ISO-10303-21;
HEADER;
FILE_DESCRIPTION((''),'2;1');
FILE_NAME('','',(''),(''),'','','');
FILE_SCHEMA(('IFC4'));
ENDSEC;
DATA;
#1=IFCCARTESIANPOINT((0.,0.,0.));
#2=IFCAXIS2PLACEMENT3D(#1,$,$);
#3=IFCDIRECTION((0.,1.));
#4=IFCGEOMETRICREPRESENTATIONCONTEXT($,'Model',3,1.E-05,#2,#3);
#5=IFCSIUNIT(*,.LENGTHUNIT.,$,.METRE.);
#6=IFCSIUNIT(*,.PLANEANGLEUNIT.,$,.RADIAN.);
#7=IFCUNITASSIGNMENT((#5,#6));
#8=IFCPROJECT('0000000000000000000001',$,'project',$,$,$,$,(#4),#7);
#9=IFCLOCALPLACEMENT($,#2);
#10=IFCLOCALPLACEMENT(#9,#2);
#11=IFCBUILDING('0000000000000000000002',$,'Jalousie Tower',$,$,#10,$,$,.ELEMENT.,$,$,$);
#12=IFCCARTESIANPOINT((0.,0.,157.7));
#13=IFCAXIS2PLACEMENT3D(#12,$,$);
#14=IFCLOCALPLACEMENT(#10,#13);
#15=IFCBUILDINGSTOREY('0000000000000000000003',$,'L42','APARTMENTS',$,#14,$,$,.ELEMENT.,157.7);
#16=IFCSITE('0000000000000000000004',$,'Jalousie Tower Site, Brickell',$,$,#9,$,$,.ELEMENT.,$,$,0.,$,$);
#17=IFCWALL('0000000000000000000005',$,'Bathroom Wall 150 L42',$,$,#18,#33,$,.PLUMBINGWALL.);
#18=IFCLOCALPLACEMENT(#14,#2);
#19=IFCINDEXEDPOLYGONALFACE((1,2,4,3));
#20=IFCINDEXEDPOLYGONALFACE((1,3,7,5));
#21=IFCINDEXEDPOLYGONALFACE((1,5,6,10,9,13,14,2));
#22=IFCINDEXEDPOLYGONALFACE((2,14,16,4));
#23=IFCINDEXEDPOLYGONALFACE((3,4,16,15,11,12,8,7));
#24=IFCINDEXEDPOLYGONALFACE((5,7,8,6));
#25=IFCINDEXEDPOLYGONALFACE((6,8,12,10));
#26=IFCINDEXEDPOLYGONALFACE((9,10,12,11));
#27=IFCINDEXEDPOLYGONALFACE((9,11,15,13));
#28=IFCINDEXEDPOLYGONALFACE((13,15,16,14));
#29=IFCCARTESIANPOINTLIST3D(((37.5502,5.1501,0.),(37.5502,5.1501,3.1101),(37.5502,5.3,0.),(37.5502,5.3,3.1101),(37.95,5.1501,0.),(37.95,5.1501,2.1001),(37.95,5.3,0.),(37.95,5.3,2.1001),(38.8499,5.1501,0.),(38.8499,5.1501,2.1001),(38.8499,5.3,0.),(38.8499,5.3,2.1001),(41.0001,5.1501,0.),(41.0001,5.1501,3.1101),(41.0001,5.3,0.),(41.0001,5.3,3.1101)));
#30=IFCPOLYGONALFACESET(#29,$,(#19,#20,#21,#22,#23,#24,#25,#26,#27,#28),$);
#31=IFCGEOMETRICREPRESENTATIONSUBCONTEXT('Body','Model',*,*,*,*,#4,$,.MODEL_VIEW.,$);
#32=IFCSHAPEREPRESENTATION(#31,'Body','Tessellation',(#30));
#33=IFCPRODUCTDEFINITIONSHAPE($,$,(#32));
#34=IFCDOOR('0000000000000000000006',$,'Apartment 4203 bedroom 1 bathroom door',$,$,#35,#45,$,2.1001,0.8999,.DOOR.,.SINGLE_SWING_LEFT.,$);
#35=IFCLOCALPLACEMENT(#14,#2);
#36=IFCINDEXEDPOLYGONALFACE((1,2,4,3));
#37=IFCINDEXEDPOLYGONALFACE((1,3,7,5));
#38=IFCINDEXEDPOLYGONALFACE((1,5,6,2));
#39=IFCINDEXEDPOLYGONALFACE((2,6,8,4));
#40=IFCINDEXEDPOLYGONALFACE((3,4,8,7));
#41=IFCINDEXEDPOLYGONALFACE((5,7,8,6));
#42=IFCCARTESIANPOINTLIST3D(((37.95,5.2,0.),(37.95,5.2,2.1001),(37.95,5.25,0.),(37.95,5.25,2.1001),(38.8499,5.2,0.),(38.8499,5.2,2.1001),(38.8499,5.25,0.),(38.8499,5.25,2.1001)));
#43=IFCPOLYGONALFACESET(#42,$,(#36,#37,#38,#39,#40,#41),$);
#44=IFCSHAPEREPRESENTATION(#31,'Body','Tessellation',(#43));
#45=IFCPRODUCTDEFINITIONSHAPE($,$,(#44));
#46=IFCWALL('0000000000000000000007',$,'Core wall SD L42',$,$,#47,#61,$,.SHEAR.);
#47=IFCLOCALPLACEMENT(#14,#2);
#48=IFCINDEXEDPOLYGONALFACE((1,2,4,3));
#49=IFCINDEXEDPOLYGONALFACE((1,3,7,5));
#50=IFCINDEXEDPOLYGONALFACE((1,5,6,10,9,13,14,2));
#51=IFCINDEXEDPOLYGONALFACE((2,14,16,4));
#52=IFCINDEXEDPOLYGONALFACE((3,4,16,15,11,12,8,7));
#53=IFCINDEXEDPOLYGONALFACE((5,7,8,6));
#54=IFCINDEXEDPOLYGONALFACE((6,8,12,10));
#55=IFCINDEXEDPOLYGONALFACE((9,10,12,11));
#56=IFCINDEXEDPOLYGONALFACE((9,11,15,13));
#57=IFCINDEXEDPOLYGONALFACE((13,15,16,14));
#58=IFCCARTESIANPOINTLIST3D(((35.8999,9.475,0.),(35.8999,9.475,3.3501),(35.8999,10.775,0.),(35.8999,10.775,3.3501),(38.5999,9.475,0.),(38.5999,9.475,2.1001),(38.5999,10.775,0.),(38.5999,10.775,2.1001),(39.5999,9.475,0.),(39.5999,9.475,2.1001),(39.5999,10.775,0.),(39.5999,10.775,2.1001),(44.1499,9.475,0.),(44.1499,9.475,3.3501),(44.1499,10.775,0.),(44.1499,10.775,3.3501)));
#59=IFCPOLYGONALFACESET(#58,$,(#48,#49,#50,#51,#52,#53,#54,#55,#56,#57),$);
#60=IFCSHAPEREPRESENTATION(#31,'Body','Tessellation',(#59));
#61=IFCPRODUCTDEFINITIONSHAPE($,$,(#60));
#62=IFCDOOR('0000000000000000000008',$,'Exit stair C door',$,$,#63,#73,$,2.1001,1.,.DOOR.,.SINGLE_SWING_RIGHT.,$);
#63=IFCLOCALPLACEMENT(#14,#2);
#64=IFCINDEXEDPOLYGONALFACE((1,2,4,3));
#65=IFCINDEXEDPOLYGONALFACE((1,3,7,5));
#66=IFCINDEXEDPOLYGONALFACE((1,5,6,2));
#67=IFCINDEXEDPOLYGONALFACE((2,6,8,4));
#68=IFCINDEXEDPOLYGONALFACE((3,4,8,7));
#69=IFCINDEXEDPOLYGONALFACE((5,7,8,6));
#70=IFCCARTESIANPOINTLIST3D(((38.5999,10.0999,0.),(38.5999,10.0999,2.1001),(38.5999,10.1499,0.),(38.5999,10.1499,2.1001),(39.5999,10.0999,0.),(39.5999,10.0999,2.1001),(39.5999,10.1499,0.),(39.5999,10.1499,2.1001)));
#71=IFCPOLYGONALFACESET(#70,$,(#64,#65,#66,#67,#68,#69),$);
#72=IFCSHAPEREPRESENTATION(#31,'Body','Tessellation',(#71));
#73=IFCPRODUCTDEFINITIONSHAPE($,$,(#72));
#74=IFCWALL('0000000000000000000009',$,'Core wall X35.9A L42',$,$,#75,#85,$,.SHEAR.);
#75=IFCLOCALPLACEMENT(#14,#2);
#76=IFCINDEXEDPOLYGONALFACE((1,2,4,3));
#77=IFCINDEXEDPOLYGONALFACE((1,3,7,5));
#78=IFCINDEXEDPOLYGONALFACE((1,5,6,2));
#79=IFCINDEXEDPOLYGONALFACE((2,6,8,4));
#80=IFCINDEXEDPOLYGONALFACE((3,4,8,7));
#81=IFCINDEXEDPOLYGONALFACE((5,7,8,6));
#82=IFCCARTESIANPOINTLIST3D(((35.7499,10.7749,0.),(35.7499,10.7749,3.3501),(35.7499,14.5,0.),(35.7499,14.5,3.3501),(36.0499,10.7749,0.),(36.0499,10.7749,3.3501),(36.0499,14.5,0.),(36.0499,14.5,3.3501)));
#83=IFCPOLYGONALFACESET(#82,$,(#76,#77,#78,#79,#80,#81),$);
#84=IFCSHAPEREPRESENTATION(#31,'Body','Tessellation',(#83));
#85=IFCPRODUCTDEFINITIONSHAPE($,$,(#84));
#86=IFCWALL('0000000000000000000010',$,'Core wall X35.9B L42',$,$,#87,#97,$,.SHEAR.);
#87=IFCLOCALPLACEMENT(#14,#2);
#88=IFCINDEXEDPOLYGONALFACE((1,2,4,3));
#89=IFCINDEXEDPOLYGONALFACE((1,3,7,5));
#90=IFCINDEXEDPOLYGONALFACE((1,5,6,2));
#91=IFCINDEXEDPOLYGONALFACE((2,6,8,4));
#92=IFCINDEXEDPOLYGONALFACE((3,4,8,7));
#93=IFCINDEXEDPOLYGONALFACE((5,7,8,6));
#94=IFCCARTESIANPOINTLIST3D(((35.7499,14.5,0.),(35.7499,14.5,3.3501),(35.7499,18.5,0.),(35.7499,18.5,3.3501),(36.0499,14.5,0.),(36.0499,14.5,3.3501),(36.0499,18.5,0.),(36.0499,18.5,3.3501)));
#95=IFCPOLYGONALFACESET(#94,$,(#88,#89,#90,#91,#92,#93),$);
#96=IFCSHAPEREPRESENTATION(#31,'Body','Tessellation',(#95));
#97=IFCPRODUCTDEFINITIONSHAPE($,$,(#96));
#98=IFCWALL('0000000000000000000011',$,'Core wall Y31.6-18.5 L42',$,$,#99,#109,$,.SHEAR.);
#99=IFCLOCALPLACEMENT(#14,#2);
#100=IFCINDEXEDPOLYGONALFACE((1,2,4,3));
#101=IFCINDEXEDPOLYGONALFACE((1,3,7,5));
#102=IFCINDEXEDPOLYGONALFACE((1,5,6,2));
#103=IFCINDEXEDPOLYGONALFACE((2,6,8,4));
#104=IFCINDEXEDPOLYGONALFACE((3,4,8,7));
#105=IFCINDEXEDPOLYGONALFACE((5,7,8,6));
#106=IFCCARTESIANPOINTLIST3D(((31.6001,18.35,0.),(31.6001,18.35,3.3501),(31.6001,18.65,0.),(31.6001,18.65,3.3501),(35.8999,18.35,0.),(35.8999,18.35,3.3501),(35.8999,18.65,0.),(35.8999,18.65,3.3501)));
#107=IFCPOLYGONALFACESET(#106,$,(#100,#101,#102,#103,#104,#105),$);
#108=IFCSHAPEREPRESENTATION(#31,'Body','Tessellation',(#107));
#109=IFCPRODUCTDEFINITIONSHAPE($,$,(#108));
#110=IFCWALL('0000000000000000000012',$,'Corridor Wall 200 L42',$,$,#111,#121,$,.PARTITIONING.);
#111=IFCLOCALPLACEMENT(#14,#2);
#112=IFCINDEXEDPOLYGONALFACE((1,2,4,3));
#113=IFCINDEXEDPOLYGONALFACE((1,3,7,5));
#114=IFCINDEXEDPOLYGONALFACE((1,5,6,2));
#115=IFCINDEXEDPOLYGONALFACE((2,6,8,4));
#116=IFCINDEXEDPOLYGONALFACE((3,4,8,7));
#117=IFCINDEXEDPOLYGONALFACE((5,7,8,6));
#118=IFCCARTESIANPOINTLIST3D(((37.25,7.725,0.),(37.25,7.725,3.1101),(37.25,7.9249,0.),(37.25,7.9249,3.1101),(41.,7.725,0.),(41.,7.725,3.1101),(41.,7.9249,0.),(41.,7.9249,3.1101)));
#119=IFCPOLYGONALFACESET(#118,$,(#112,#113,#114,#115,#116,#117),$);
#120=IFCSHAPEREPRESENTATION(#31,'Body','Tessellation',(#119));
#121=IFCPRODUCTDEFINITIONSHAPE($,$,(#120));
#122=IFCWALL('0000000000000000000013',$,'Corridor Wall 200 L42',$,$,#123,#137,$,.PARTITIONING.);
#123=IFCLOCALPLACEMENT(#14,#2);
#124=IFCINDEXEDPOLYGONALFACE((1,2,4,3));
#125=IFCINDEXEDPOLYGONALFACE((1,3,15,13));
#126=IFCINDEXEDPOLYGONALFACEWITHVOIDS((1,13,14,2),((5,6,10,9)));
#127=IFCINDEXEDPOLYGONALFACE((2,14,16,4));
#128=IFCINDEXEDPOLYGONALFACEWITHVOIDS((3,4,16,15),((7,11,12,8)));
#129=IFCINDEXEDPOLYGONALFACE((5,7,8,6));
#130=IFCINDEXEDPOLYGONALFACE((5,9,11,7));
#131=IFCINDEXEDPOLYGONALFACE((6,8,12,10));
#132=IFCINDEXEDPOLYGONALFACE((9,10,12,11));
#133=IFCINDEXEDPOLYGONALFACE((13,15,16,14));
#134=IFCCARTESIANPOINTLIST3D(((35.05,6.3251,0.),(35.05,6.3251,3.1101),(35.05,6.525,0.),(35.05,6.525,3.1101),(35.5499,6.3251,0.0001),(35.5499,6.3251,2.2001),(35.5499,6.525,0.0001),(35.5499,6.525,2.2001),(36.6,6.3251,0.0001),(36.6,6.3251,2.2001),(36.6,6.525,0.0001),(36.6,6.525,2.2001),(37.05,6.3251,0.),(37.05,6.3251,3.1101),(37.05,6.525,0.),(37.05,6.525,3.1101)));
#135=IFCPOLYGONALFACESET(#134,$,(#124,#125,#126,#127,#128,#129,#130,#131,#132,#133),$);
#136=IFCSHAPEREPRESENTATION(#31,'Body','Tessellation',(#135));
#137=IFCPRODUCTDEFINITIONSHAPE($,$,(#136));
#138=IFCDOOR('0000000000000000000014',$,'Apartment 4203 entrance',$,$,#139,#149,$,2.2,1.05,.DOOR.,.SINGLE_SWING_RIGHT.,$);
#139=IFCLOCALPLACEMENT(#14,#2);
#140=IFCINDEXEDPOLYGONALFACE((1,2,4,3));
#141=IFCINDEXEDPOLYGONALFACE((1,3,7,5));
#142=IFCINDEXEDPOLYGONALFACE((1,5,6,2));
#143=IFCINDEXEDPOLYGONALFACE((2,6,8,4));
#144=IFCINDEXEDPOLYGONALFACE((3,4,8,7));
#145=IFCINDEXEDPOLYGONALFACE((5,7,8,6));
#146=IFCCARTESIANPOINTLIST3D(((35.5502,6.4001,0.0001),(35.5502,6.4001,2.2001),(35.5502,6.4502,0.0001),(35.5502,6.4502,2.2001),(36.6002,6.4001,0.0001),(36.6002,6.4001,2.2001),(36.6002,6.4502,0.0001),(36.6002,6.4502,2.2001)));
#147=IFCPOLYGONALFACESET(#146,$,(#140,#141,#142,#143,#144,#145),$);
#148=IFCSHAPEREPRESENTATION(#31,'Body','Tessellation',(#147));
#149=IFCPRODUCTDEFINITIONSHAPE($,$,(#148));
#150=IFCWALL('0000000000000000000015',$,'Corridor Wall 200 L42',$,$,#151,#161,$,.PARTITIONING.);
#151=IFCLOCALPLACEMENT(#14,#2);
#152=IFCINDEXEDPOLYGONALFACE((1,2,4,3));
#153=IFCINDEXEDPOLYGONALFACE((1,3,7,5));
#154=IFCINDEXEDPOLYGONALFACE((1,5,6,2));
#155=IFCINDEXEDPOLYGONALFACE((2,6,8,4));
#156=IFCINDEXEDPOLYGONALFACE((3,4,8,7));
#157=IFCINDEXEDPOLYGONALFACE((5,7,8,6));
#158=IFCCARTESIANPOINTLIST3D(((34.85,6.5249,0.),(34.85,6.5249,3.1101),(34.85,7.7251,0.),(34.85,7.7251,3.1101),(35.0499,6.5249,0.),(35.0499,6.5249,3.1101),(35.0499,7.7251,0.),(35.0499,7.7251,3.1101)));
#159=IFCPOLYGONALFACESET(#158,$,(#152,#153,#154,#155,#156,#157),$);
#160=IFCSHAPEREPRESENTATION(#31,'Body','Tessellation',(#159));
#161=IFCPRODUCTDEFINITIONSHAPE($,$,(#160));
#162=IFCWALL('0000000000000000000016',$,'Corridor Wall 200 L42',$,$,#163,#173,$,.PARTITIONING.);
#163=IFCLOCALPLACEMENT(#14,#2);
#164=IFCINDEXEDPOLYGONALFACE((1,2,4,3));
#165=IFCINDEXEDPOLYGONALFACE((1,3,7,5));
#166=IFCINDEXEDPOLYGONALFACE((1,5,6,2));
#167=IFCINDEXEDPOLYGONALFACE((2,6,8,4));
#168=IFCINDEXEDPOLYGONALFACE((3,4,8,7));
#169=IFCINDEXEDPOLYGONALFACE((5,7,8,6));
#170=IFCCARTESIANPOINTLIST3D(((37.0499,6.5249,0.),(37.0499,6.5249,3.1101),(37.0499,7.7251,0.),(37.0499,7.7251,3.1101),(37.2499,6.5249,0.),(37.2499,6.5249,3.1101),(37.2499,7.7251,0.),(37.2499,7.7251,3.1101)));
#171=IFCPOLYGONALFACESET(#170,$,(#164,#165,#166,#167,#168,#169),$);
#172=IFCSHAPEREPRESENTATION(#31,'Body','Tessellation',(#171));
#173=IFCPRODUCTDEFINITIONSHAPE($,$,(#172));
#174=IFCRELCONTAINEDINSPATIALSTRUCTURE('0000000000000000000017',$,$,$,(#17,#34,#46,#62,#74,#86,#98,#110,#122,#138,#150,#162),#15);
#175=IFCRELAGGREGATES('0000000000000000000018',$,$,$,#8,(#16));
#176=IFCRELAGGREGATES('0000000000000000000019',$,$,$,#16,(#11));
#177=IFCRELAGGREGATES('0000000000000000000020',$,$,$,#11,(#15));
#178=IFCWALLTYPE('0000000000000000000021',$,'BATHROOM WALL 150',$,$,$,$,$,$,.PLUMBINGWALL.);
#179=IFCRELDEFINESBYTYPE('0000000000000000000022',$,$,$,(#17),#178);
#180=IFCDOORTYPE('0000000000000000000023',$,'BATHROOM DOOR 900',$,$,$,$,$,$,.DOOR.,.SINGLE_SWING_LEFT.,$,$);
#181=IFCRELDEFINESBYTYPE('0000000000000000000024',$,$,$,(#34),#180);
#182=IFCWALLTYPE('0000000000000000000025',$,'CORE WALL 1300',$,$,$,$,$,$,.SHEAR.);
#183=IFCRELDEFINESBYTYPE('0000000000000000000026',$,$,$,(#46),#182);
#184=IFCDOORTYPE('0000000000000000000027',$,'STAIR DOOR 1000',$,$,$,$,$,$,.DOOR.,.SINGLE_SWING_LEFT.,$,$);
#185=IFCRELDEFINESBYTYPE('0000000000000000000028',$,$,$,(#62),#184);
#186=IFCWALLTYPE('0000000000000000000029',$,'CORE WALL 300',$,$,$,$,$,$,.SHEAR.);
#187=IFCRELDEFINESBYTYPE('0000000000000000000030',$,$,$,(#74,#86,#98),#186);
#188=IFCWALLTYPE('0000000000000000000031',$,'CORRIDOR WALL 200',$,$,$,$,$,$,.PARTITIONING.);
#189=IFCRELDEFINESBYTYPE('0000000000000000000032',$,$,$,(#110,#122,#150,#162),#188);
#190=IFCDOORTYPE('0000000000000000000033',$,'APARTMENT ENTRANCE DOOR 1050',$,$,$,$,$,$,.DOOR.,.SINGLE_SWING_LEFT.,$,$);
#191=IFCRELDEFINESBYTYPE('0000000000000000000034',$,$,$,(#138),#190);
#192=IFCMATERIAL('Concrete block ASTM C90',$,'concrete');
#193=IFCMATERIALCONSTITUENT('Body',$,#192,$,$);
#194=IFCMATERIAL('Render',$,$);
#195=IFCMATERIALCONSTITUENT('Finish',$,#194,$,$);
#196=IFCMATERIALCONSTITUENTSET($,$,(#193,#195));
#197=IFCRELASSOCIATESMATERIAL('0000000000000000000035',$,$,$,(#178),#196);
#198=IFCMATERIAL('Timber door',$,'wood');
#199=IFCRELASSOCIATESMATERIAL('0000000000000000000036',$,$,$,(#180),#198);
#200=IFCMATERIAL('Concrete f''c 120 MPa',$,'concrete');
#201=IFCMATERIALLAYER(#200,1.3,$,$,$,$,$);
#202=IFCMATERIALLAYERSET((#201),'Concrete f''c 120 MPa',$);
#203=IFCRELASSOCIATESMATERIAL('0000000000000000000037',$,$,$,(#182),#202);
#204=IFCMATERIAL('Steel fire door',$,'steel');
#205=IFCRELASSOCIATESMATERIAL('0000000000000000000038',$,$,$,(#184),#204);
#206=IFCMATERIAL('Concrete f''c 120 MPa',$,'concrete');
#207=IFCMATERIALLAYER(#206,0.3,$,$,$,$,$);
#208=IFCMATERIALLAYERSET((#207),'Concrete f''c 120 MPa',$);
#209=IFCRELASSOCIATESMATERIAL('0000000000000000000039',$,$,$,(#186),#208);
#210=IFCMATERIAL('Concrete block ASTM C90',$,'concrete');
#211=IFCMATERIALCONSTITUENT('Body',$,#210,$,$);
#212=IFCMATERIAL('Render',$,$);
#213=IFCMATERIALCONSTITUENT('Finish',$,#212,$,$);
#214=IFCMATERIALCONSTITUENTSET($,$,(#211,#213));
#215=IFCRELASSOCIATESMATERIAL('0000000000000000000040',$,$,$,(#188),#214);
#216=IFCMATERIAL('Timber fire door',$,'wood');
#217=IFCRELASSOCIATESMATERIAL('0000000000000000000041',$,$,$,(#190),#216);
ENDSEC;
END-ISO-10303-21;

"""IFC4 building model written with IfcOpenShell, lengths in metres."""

from ifc_helpers import new_model, si_unit, direction, frame, frame_2d, origin, place, context, subcontext, project, spatial, rectangle, extrude, material, layer, layer_set, constituent, constituent_set, type_object, element, fill, save


model = new_model("IFC4")

# Units and contexts
model_context = context("Model", 3, precision=1e-05, world=origin(), true_north=direction((0.0, 1.0)))
body_context = subcontext(model_context, "Body", "Model", "MODEL_VIEW")
ifc_project = project(units=[si_unit("LENGTHUNIT", "METRE"), si_unit("PLANEANGLEUNIT", "RADIAN")], contexts=[model_context])

# Site, building, storey
site_placement = place(None, origin())
site = spatial("IfcSite", under=ifc_project, at=site_placement, Name="Jalousie Tower Site, Brickell", CompositionType="ELEMENT", RefElevation=0.0)
building_placement = place(site_placement, origin())
building = spatial("IfcBuilding", under=site, at=building_placement, Name="Jalousie Tower", CompositionType="ELEMENT")
storey_placement = place(building_placement, frame((0.0, 0.0, 157.7)))
storey = spatial("IfcBuildingStorey", under=building, at=storey_placement, Name="L42", Description="APARTMENTS", CompositionType="ELEMENT", Elevation=157.7)

# Walls, openings, doors
ifc_material_1 = material(Name="Concrete block ASTM C90", Category="concrete")
ifc_constituent_1 = constituent(ifc_material_1, Name="Body")
ifc_material_2 = material(Name="Render")
ifc_constituent_2 = constituent(ifc_material_2, Name="Finish")
ifc_constituent_set_1 = constituent_set(constituents=[ifc_constituent_1, ifc_constituent_2])
wall_type_1 = type_object("IfcWallType", Name="BATHROOM WALL 150", PredefinedType="PLUMBINGWALL", material=ifc_constituent_set_1)
wall_1_placement = place(storey_placement, frame((37.55, 5.2251, 0.0), z_axis=(0.0, 0.0, 1.0), x_axis=(1.0, 0.0, 0.0)))
wall_1 = element("IfcWall", 1, at=wall_1_placement, inside=storey, type_object=wall_type_1, Name="Bathroom Wall 150 L42", PredefinedType="PLUMBINGWALL", context=body_context, shape_type="SweptSolid", body=[
    extrude(rectangle(XDim=3.45, YDim=0.1499, at=frame_2d((1.7251, 0.0))), origin(), (0.0, 0.0, 1.0), 3.1101),
])
opening_1_placement = place(wall_1_placement, frame((0.3999, 0.0, 0.0)))
opening_1 = element("IfcOpeningElement", 2, at=opening_1_placement, cuts=wall_1, PredefinedType="OPENING", context=body_context, shape_type="SweptSolid", body=[
    extrude(rectangle(XDim=0.8999, YDim=2.1001, at=frame_2d((0.45, 1.05))), frame((0.0, 0.085, 0.0), z_axis=(0.0, -1.0, 0.0), x_axis=(1.0, 0.0, 0.0)), (0.0, 0.0, 1.0), 0.1699),
])
ifc_material_3 = material(Name="Timber door", Category="wood")
door_type_1 = type_object("IfcDoorType", Name="BATHROOM DOOR 900", OperationType="SINGLE_SWING_LEFT", PredefinedType="DOOR", material=ifc_material_3)
door_1_placement = place(opening_1_placement, origin())
door_1 = element("IfcDoor", 3, at=door_1_placement, inside=storey, type_object=door_type_1, Name="Apartment 4203 bedroom 1 bathroom door", OperationType="SINGLE_SWING_LEFT", OverallHeight=2.1001, OverallWidth=0.8999, PredefinedType="DOOR", context=body_context, shape_type="SweptSolid", body=[
    extrude(rectangle(XDim=0.8999, YDim=2.1001, at=frame_2d((0.45, 1.05))), frame((0.0, 0.0249, 0.0), z_axis=(0.0, -1.0, 0.0), x_axis=(1.0, 0.0, 0.0)), (0.0, 0.0, 1.0), 0.05),
])
fill(opening_1, door_1)
ifc_material_4 = material(Name="Concrete f'c 120 MPa", Category="concrete")
ifc_layer_1 = layer(ifc_material_4, 1.3)
ifc_layer_set_1 = layer_set([ifc_layer_1], Name="Concrete f'c 120 MPa")
wall_type_2 = type_object("IfcWallType", Name="CORE WALL 1300", PredefinedType="SHEAR", material=ifc_layer_set_1)
wall_2_placement = place(storey_placement, frame((35.8999, 10.125, 0.0), z_axis=(0.0, 0.0, 1.0), x_axis=(1.0, 0.0, 0.0)))
wall_2 = element("IfcWall", 4, at=wall_2_placement, inside=storey, type_object=wall_type_2, Name="Core wall SD L42", PredefinedType="SHEAR", context=body_context, shape_type="SweptSolid", body=[
    extrude(rectangle(XDim=8.25, YDim=1.3, at=frame_2d((4.125, 0.0))), origin(), (0.0, 0.0, 1.0), 3.3501),
])
opening_2_placement = place(wall_2_placement, frame((2.7, 0.0, 0.0)))
opening_2 = element("IfcOpeningElement", 5, at=opening_2_placement, cuts=wall_2, PredefinedType="OPENING", context=body_context, shape_type="SweptSolid", body=[
    extrude(rectangle(XDim=1.0, YDim=2.1001, at=frame_2d((0.5, 1.05))), frame((0.0, 0.6599, 0.0), z_axis=(0.0, -1.0, 0.0), x_axis=(1.0, 0.0, 0.0)), (0.0, 0.0, 1.0), 1.3201),
])
ifc_material_5 = material(Name="Steel fire door", Category="steel")
door_type_2 = type_object("IfcDoorType", Name="STAIR DOOR 1000", OperationType="SINGLE_SWING_LEFT", PredefinedType="DOOR", material=ifc_material_5)
door_2_placement = place(opening_2_placement, origin())
door_2 = element("IfcDoor", 6, at=door_2_placement, inside=storey, type_object=door_type_2, Name="Exit stair C door", OperationType="SINGLE_SWING_RIGHT", OverallHeight=2.1001, OverallWidth=1.0, PredefinedType="DOOR", context=body_context, shape_type="SweptSolid", body=[
    extrude(rectangle(XDim=1.0, YDim=2.1001, at=frame_2d((0.5, 1.05))), frame((0.0, 0.0249, 0.0), z_axis=(0.0, -1.0, 0.0), x_axis=(1.0, 0.0, 0.0)), (0.0, 0.0, 1.0), 0.05),
])
fill(opening_2, door_2)

# Walls
ifc_material_6 = material(Name="Concrete f'c 120 MPa", Category="concrete")
ifc_layer_2 = layer(ifc_material_6, 0.3)
ifc_layer_set_2 = layer_set([ifc_layer_2], Name="Concrete f'c 120 MPa")
wall_type_3 = type_object("IfcWallType", Name="CORE WALL 300", PredefinedType="SHEAR", material=ifc_layer_set_2)
wall_3_placement = place(storey_placement, frame((35.8999, 10.7749, 0.0), z_axis=(0.0, 0.0, 1.0), x_axis=(0.0, 1.0, 0.0)))
element("IfcWall", 7, at=wall_3_placement, inside=storey, type_object=wall_type_3, Name="Core wall X35.9A L42", PredefinedType="SHEAR", context=body_context, shape_type="SweptSolid", body=[
    extrude(rectangle(XDim=3.7251, YDim=0.3, at=frame_2d((1.8625, 0.0))), origin(), (0.0, 0.0, 1.0), 3.3501),
])
wall_4_placement = place(storey_placement, frame((35.8999, 14.5, 0.0), z_axis=(0.0, 0.0, 1.0), x_axis=(0.0, 1.0, 0.0)))
element("IfcWall", 8, at=wall_4_placement, inside=storey, type_object=wall_type_3, Name="Core wall X35.9B L42", PredefinedType="SHEAR", context=body_context, shape_type="SweptSolid", body=[
    extrude(rectangle(XDim=4.0, YDim=0.3, at=frame_2d((2.0, 0.0))), origin(), (0.0, 0.0, 1.0), 3.3501),
])
wall_5_placement = place(storey_placement, frame((31.6001, 18.5, 0.0), z_axis=(0.0, 0.0, 1.0), x_axis=(1.0, 0.0, 0.0)))
element("IfcWall", 9, at=wall_5_placement, inside=storey, type_object=wall_type_3, Name="Core wall Y31.6-18.5 L42", PredefinedType="SHEAR", context=body_context, shape_type="SweptSolid", body=[
    extrude(rectangle(XDim=4.2998, YDim=0.3, at=frame_2d((2.1499, 0.0))), origin(), (0.0, 0.0, 1.0), 3.3501),
])
ifc_material_7 = material(Name="Concrete block ASTM C90", Category="concrete")
ifc_constituent_3 = constituent(ifc_material_7, Name="Body")
ifc_material_8 = material(Name="Render")
ifc_constituent_4 = constituent(ifc_material_8, Name="Finish")
ifc_constituent_set_2 = constituent_set(constituents=[ifc_constituent_3, ifc_constituent_4])
wall_type_4 = type_object("IfcWallType", Name="CORRIDOR WALL 200", PredefinedType="PARTITIONING", material=ifc_constituent_set_2)
wall_6_placement = place(storey_placement, frame((37.25, 7.825, 0.0), z_axis=(0.0, 0.0, 1.0), x_axis=(1.0, 0.0, 0.0)))
element("IfcWall", 10, at=wall_6_placement, inside=storey, type_object=wall_type_4, Name="Corridor Wall 200 L42", PredefinedType="PARTITIONING", context=body_context, shape_type="SweptSolid", body=[
    extrude(rectangle(XDim=3.75, YDim=0.2, at=frame_2d((1.875, 0.0))), origin(), (0.0, 0.0, 1.0), 3.1101),
])

# Wall, opening, door
wall_7_placement = place(storey_placement, frame((35.05, 6.425, 0.0), z_axis=(0.0, 0.0, 1.0), x_axis=(1.0, 0.0, 0.0)))
wall_7 = element("IfcWall", 11, at=wall_7_placement, inside=storey, type_object=wall_type_4, Name="Corridor Wall 200 L42", PredefinedType="PARTITIONING", context=body_context, shape_type="SweptSolid", body=[
    extrude(rectangle(XDim=2.0, YDim=0.2, at=frame_2d((1.0, 0.0))), origin(), (0.0, 0.0, 1.0), 3.1101),
])
opening_3_placement = place(wall_7_placement, frame((0.5, 0.0, 0.0)))
opening_3 = element("IfcOpeningElement", 12, at=opening_3_placement, cuts=wall_7, PredefinedType="OPENING", context=body_context, shape_type="SweptSolid", body=[
    extrude(rectangle(XDim=1.05, YDim=2.2, at=frame_2d((0.5249, 1.1001))), frame((0.0, 0.1099, 0.0), z_axis=(0.0, -1.0, 0.0), x_axis=(1.0, 0.0, 0.0)), (0.0, 0.0, 1.0), 0.22),
])
ifc_material_9 = material(Name="Timber fire door", Category="wood")
door_type_3 = type_object("IfcDoorType", Name="APARTMENT ENTRANCE DOOR 1050", OperationType="SINGLE_SWING_LEFT", PredefinedType="DOOR", material=ifc_material_9)
door_3_placement = place(opening_3_placement, frame((1.05, 0.0, 0.0), z_axis=(0.0, 0.0, 1.0), x_axis=(-1.0, 0.0, 0.0)))
door_3 = element("IfcDoor", 13, at=door_3_placement, inside=storey, type_object=door_type_3, Name="Apartment 4203 entrance", OperationType="SINGLE_SWING_RIGHT", OverallHeight=2.2, OverallWidth=1.05, PredefinedType="DOOR", context=body_context, shape_type="SweptSolid", body=[
    extrude(rectangle(XDim=1.05, YDim=2.2, at=frame_2d((0.5249, 1.1001))), frame((0.0, 0.0249, 0.0), z_axis=(0.0, -1.0, 0.0), x_axis=(1.0, 0.0, 0.0)), (0.0, 0.0, 1.0), 0.05),
])
fill(opening_3, door_3)

# Walls
for number, where, z_axis, x_axis, name in (
    (14, (34.95, 7.7251, 0.0), (0.0, 0.0, 1.0), (0.0, -1.0, 0.0), "Corridor Wall 200 L42"),
    (15, (37.1499, 7.7251, 0.0), (0.0, 0.0, 1.0), (0.0, -1.0, 0.0), "Corridor Wall 200 L42"),
):
    element("IfcWall", number, at=place(storey_placement, frame(where, z_axis=z_axis, x_axis=x_axis)), inside=storey, type_object=wall_type_4, Name=name, PredefinedType="PARTITIONING", context=body_context, shape_type="SweptSolid", body=[
        extrude(rectangle(XDim=1.2002, YDim=0.2, at=frame_2d((0.6001, 0.0))), origin(), (0.0, 0.0, 1.0), 3.1101),
    ])

save(model, "model.ifc")
